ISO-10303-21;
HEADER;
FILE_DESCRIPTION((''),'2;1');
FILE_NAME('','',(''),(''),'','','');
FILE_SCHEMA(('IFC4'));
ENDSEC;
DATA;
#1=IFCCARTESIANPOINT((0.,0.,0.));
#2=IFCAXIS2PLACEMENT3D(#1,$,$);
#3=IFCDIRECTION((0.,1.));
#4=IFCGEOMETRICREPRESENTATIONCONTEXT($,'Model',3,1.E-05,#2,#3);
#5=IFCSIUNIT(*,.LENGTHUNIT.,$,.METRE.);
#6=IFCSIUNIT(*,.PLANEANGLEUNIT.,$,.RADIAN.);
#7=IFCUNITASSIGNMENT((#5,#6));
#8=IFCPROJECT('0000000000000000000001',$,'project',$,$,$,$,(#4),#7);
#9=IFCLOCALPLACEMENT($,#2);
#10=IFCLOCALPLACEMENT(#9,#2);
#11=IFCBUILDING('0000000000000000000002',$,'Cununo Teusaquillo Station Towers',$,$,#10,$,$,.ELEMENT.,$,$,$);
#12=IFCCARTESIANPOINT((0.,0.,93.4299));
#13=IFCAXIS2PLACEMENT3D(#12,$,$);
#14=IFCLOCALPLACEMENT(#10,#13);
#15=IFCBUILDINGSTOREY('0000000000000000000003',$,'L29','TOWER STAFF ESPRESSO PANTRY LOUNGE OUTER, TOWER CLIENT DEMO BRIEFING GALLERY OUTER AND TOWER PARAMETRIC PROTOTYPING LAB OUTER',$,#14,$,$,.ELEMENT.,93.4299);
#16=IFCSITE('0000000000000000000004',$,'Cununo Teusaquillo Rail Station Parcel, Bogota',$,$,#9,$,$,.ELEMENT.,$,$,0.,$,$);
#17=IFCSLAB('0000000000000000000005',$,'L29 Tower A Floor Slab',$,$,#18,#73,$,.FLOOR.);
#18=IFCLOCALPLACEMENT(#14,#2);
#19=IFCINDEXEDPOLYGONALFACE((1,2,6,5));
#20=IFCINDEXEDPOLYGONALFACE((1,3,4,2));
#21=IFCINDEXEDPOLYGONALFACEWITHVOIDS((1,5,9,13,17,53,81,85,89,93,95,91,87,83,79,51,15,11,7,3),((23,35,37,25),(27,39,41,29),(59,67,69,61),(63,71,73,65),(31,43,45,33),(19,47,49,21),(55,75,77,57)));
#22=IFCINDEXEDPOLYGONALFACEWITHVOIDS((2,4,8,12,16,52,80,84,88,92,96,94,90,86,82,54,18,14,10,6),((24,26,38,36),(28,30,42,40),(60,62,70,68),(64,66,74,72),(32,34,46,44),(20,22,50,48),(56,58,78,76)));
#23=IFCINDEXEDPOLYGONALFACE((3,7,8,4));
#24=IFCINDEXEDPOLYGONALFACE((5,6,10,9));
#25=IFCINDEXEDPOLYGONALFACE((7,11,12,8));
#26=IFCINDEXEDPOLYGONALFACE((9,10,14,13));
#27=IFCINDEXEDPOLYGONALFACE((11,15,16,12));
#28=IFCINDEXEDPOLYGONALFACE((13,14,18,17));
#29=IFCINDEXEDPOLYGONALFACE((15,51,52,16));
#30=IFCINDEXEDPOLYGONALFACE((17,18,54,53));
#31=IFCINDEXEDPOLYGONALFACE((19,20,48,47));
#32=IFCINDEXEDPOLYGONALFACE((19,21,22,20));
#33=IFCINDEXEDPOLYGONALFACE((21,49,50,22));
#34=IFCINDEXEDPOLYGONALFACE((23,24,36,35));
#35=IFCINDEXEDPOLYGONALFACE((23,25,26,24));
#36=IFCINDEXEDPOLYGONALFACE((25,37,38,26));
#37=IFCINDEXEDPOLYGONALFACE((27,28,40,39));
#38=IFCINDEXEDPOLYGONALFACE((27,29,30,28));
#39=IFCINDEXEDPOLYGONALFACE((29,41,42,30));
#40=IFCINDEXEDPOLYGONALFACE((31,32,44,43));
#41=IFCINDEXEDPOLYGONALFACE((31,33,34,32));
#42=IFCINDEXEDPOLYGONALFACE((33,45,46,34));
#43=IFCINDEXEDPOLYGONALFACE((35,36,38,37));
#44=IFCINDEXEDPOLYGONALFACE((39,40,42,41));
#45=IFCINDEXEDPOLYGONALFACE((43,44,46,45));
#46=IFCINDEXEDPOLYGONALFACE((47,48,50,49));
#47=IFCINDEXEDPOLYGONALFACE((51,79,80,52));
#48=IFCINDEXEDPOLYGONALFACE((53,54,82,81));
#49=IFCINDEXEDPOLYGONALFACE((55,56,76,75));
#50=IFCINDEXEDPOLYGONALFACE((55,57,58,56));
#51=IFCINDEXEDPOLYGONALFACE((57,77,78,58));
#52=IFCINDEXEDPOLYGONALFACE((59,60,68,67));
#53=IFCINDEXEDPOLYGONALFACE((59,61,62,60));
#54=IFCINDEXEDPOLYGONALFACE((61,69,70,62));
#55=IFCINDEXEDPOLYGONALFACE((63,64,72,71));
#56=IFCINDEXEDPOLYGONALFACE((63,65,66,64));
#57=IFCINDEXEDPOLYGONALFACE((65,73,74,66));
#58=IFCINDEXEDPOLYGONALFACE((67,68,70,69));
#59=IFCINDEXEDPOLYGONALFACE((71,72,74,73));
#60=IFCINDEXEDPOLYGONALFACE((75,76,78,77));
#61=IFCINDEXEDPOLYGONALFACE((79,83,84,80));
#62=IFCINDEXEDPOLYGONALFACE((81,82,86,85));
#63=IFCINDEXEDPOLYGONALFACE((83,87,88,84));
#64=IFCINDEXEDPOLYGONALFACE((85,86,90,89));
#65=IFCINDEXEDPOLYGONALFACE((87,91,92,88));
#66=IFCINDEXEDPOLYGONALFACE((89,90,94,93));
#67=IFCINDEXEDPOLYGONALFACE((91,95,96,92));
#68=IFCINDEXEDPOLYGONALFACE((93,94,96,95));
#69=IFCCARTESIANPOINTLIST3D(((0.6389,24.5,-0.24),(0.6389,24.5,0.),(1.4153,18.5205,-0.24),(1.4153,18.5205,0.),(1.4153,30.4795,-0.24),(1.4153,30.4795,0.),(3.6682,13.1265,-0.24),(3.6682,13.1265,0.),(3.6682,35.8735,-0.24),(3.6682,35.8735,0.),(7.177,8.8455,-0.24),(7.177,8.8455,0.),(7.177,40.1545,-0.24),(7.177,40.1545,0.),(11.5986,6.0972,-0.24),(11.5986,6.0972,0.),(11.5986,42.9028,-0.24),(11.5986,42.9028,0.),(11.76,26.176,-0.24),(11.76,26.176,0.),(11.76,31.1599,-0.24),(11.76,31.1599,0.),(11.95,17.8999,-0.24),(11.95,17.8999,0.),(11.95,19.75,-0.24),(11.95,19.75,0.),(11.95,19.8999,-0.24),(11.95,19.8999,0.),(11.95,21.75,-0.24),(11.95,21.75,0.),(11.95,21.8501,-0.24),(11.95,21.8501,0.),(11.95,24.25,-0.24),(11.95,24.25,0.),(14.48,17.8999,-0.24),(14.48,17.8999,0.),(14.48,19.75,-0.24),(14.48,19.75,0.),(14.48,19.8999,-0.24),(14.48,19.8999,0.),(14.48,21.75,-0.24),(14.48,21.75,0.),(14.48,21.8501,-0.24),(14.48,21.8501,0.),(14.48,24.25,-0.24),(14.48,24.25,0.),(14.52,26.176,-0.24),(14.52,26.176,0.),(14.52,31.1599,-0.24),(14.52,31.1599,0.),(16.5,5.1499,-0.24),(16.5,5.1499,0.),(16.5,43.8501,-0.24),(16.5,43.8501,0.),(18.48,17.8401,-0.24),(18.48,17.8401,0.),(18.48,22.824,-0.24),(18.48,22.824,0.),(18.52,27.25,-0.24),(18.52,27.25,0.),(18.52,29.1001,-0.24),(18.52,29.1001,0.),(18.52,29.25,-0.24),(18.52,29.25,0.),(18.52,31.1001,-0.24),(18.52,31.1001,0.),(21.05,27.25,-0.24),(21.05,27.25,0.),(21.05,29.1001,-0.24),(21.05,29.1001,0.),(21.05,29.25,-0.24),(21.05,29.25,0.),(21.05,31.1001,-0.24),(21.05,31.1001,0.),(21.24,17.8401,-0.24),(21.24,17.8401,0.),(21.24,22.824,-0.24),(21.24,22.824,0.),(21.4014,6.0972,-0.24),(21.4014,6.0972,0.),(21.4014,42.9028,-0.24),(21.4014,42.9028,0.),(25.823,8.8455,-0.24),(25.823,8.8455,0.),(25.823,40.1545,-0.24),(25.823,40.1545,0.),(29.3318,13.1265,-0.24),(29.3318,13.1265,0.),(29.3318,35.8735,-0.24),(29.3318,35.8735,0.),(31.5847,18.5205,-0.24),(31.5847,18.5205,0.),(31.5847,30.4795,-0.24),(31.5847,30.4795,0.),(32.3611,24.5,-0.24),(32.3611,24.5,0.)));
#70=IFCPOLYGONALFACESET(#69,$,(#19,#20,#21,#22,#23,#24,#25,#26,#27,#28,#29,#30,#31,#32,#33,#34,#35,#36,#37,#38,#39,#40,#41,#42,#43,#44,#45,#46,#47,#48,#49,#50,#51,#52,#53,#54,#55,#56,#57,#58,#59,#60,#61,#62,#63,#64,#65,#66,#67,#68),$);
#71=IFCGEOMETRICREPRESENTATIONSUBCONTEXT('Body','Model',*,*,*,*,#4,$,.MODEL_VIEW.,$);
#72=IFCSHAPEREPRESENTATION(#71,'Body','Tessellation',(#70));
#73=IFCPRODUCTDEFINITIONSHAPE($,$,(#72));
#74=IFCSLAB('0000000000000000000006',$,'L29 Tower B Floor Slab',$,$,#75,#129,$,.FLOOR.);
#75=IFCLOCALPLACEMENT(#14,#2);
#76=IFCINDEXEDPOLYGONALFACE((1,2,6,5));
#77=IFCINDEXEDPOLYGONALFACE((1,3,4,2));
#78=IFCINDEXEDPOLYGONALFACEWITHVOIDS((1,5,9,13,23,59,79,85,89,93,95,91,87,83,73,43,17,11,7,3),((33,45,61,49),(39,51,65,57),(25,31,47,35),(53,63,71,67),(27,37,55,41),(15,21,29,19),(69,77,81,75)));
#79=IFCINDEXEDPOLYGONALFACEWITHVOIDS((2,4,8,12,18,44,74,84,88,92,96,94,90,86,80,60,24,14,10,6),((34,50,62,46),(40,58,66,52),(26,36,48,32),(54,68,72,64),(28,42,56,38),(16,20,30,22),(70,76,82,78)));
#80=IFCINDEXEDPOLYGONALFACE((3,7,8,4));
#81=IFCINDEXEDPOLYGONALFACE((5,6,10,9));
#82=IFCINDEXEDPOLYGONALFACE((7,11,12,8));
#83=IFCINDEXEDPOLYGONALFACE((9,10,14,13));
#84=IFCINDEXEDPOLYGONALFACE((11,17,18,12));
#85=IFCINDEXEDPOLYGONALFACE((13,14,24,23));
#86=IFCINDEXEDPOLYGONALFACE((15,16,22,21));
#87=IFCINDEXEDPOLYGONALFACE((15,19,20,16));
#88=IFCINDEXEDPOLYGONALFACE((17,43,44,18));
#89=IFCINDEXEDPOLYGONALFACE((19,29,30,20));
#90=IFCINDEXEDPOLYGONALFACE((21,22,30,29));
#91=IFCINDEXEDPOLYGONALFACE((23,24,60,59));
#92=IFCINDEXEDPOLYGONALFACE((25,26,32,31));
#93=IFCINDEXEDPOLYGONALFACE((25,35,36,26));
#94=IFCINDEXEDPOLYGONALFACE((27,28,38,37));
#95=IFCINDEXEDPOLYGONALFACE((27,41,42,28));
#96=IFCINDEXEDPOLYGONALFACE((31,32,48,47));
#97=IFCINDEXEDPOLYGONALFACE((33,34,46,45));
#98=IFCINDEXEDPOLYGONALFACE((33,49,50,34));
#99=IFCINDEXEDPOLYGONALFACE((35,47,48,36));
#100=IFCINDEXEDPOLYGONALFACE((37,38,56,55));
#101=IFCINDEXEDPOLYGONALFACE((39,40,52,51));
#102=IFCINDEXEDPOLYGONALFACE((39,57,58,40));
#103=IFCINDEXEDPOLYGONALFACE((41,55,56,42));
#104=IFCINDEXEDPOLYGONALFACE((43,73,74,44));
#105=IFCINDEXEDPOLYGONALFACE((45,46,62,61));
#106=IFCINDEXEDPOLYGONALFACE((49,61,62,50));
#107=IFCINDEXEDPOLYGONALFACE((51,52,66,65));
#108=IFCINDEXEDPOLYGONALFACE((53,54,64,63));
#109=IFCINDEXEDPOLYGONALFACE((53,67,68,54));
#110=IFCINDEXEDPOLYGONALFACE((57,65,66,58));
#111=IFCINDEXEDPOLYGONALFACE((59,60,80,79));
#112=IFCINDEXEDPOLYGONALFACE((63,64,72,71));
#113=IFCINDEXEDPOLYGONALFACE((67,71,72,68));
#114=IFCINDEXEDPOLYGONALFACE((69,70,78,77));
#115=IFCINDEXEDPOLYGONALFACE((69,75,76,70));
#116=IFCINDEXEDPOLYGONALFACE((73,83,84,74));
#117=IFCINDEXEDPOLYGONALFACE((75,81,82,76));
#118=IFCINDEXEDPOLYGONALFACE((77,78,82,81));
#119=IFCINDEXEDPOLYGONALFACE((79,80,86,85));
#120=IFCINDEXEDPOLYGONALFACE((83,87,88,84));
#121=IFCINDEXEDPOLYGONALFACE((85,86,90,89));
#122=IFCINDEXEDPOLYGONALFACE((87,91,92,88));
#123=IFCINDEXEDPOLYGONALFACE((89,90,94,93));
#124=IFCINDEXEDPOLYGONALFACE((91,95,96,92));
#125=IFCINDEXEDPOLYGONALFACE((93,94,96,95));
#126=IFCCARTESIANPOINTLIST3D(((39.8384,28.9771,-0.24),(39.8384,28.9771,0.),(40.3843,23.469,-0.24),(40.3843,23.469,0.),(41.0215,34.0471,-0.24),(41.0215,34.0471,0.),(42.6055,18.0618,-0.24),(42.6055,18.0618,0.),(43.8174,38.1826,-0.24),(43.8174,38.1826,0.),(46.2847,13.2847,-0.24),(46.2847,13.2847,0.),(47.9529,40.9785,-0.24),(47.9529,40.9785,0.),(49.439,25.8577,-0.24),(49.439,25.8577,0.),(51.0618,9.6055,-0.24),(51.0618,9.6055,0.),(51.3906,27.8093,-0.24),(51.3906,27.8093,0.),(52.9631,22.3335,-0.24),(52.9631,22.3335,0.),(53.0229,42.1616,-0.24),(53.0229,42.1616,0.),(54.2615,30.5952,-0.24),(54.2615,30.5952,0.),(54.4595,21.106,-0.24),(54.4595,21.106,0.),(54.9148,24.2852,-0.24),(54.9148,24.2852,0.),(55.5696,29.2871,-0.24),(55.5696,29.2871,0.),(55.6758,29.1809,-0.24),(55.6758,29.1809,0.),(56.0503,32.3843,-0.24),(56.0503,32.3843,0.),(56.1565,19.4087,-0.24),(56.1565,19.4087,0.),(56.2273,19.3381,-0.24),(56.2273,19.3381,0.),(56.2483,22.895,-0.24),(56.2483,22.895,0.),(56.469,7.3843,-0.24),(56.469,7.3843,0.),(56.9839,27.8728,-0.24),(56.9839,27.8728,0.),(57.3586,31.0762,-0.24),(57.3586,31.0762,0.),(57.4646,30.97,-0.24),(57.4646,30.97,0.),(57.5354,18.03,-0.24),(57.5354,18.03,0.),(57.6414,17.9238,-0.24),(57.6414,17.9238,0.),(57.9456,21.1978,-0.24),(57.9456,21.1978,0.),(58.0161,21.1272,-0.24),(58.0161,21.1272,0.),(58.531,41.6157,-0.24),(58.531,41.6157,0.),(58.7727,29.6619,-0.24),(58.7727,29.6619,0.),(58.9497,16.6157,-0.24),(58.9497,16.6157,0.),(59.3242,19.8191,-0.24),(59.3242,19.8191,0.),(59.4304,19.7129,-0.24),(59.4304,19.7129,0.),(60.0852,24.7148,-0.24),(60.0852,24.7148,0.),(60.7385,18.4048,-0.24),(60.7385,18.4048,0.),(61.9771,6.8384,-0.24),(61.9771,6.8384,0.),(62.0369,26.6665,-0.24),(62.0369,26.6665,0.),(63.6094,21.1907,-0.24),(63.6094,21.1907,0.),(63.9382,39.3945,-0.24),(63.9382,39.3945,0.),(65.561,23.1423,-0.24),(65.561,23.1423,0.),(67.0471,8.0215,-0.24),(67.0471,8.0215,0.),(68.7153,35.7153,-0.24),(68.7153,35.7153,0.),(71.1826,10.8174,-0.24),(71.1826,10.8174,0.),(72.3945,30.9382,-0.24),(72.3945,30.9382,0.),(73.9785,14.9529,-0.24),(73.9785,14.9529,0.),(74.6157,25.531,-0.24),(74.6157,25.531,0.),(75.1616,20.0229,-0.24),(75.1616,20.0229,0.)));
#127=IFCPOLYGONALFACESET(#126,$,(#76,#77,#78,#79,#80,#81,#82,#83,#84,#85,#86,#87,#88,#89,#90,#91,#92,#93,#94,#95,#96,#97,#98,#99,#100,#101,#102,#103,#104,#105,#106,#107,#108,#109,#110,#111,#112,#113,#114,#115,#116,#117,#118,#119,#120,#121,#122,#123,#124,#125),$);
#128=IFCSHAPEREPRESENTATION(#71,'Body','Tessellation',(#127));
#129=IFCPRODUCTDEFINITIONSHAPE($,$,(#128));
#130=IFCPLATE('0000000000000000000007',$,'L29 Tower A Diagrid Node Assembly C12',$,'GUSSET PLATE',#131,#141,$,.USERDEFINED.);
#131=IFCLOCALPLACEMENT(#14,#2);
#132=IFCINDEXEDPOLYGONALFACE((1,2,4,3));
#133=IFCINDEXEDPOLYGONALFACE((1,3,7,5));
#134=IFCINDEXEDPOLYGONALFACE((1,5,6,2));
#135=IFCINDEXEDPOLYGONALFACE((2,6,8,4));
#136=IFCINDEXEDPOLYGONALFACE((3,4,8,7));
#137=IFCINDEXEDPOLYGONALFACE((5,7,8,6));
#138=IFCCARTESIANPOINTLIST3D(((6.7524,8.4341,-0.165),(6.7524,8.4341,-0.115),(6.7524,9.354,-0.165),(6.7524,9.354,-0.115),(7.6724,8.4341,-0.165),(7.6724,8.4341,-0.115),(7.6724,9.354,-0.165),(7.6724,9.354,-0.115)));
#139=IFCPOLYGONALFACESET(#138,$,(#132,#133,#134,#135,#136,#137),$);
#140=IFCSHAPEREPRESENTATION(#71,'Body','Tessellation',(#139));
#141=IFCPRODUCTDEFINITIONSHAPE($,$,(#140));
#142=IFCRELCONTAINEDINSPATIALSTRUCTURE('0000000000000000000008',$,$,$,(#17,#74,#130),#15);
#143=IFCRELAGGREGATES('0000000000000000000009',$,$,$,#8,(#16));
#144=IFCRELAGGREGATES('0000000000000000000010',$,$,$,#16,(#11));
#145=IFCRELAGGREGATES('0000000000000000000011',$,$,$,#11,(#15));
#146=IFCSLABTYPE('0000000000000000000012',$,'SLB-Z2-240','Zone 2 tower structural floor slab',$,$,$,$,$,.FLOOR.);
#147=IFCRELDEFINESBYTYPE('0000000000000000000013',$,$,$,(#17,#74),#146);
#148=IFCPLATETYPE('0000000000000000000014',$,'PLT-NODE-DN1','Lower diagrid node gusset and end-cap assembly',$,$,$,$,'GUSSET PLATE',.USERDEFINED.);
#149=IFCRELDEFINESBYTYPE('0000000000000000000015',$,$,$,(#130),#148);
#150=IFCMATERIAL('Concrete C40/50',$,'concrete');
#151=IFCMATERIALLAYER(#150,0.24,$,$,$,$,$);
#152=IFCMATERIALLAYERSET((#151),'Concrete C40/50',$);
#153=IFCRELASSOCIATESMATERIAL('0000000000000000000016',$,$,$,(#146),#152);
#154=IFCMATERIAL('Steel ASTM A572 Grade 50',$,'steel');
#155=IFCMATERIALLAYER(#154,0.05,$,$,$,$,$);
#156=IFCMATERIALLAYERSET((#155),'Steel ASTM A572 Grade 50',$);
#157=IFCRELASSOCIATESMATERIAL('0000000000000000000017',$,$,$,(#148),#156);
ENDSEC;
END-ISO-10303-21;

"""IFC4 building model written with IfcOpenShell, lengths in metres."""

from ifc_helpers import new_model, si_unit, direction, frame, origin, origin_2d, place, context, subcontext, project, spatial, polyline, rectangle, outline, extrude, source, transform, mapped, material, layer, layer_set, type_object, element, save


model = new_model("IFC4")

# Units and contexts
model_context = context("Model", 3, precision=1e-05, world=origin(), true_north=direction((0.0, 1.0)))
body_context = subcontext(model_context, "Body", "Model", "MODEL_VIEW")
ifc_project = project(units=[si_unit("LENGTHUNIT", "METRE"), si_unit("PLANEANGLEUNIT", "RADIAN")], contexts=[model_context])

# Site, building, storey
site_placement = place(None, origin())
site = spatial("IfcSite", under=ifc_project, at=site_placement, Name="Cununo Teusaquillo Rail Station Parcel, Bogota", CompositionType="ELEMENT", RefElevation=0.0)
building_placement = place(site_placement, origin())
building = spatial("IfcBuilding", under=site, at=building_placement, Name="Cununo Teusaquillo Station Towers", CompositionType="ELEMENT")
storey_placement = place(building_placement, frame((0.0, 0.0, 93.4299)))
storey = spatial("IfcBuildingStorey", under=building, at=storey_placement, Name="L29", Description="TOWER STAFF ESPRESSO PANTRY LOUNGE OUTER, TOWER CLIENT DEMO BRIEFING GALLERY OUTER AND TOWER PARAMETRIC PROTOTYPING LAB OUTER", CompositionType="ELEMENT", Elevation=93.4299)

# Slabs
ifc_material_1 = material(Name="Concrete C40/50", Category="concrete")
ifc_layer_1 = layer(ifc_material_1, 0.24)
ifc_layer_set_1 = layer_set([ifc_layer_1], Name="Concrete C40/50")
slab_type_1 = type_object("IfcSlabType", Name="SLB-Z2-240", Description="Zone 2 tower structural floor slab", PredefinedType="FLOOR", material=ifc_layer_set_1)
slab_1_placement = place(storey_placement, frame((0.0, 0.0, -0.24)))
element("IfcSlab", 1, at=slab_1_placement, inside=storey, type_object=slab_type_1, Name="L29 Tower A Floor Slab", PredefinedType="FLOOR", context=body_context, shape_type="SweptSolid", body=[
    extrude(outline(polyline([(32.3611, 24.5), (31.5847, 30.4795), (29.3318, 35.8735), (25.823, 40.1545), (21.4014, 42.9028), (16.5, 43.8501), (11.5986, 42.9028), (7.177, 40.1545), (3.6682, 35.8735), (1.4153, 30.4795), (0.6389, 24.5), (1.4153, 18.5205), (3.6682, 13.1265), (7.177, 8.8455), (11.5986, 6.0972), (16.5, 5.1499), (21.4014, 6.0972), (25.823, 8.8455), (29.3318, 13.1265), (31.5847, 18.5205), (32.3611, 24.5)]), holes=[polyline([(14.52, 26.176), (14.52, 31.1599), (11.76, 31.1599), (11.76, 26.176), (14.52, 26.176)]), polyline([(18.48, 22.824), (18.48, 17.8401), (21.24, 17.8401), (21.24, 22.824), (18.48, 22.824)]), polyline([(11.95, 21.8501), (14.48, 21.8501), (14.48, 24.25), (11.95, 24.25), (11.95, 21.8501)]), polyline([(11.95, 17.8999), (14.48, 17.8999), (14.48, 19.75), (11.95, 19.75), (11.95, 17.8999)]), polyline([(11.95, 19.8999), (14.48, 19.8999), (14.48, 21.75), (11.95, 21.75), (11.95, 19.8999)]), polyline([(18.52, 27.25), (21.05, 27.25), (21.05, 29.1001), (18.52, 29.1001), (18.52, 27.25)]), polyline([(18.52, 29.25), (21.05, 29.25), (21.05, 31.1001), (18.52, 31.1001), (18.52, 29.25)])]), origin(), (0.0, 0.0, 1.0), 0.24),
])
slab_2_placement = place(storey_placement, frame((0.0, 0.0, -0.24)))
element("IfcSlab", 2, at=slab_2_placement, inside=storey, type_object=slab_type_1, Name="L29 Tower B Floor Slab", PredefinedType="FLOOR", context=body_context, shape_type="SweptSolid", body=[
    extrude(outline(polyline([(68.7153, 35.7153), (63.9382, 39.3945), (58.531, 41.6157), (53.0229, 42.1616), (47.9529, 40.9785), (43.8174, 38.1826), (41.0215, 34.0471), (39.8384, 28.9771), (40.3843, 23.469), (42.6055, 18.0618), (46.2847, 13.2847), (51.0618, 9.6055), (56.469, 7.3843), (61.9771, 6.8384), (67.0471, 8.0215), (71.1826, 10.8174), (73.9785, 14.9529), (75.1616, 20.0229), (74.6157, 25.531), (72.3945, 30.9382), (68.7153, 35.7153)]), holes=[polyline([(54.9148, 24.2852), (51.3906, 27.8093), (49.439, 25.8577), (52.9631, 22.3335), (54.9148, 24.2852)]), polyline([(60.0852, 24.7148), (63.6094, 21.1907), (65.561, 23.1423), (62.0369, 26.6665), (60.0852, 24.7148)]), polyline([(56.1565, 19.4087), (57.9456, 21.1978), (56.2483, 22.895), (54.4595, 21.106), (56.1565, 19.4087)]), polyline([(58.9497, 16.6157), (60.7385, 18.4048), (59.4304, 19.7129), (57.6414, 17.9238), (58.9497, 16.6157)]), polyline([(57.5354, 18.03), (59.3242, 19.8191), (58.0161, 21.1272), (56.2273, 19.3381), (57.5354, 18.03)]), polyline([(56.9839, 27.8728), (58.7727, 29.6619), (57.4646, 30.97), (55.6758, 29.1809), (56.9839, 27.8728)]), polyline([(55.5696, 29.2871), (57.3586, 31.0762), (56.0503, 32.3843), (54.2615, 30.5952), (55.5696, 29.2871)])]), origin(), (0.0, 0.0, 1.0), 0.24),
])

# Plate
ifc_material_2 = material(Name="Steel ASTM A572 Grade 50", Category="steel")
ifc_layer_2 = layer(ifc_material_2, 0.05)
ifc_layer_set_2 = layer_set([ifc_layer_2], Name="Steel ASTM A572 Grade 50")
plate_type = type_object("IfcPlateType", Name="PLT-NODE-DN1", Description="Lower diagrid node gusset and end-cap assembly", ElementType="GUSSET PLATE", PredefinedType="USERDEFINED", material=ifc_layer_set_2)
shared_shape_1 = source(origin(), body_context, "Body", "SweptSolid", [
    extrude(rectangle(XDim=0.9199, YDim=0.9199, at=origin_2d()), origin(), (0.0, 0.0, 1.0), 0.05),
])
plate_placement = place(storey_placement, frame((7.2124, 8.894, -0.165), z_axis=(0.0, 0.0, 1.0), x_axis=(1.0, 0.0, 0.0)))
element("IfcPlate", 3, at=plate_placement, inside=storey, type_object=plate_type, Name="L29 Tower A Diagrid Node Assembly C12", ObjectType="GUSSET PLATE", PredefinedType="USERDEFINED", context=body_context, shape_type="MappedRepresentation", body=[
    mapped(shared_shape_1, transform((0.0, 0.0, 0.0), x_axis=(1.0, 0.0, 0.0), y_axis=(0.0, 1.0, 0.0), z_axis=(0.0, 0.0, 1.0), scale=1.0)),
])

save(model, "model.ifc")
